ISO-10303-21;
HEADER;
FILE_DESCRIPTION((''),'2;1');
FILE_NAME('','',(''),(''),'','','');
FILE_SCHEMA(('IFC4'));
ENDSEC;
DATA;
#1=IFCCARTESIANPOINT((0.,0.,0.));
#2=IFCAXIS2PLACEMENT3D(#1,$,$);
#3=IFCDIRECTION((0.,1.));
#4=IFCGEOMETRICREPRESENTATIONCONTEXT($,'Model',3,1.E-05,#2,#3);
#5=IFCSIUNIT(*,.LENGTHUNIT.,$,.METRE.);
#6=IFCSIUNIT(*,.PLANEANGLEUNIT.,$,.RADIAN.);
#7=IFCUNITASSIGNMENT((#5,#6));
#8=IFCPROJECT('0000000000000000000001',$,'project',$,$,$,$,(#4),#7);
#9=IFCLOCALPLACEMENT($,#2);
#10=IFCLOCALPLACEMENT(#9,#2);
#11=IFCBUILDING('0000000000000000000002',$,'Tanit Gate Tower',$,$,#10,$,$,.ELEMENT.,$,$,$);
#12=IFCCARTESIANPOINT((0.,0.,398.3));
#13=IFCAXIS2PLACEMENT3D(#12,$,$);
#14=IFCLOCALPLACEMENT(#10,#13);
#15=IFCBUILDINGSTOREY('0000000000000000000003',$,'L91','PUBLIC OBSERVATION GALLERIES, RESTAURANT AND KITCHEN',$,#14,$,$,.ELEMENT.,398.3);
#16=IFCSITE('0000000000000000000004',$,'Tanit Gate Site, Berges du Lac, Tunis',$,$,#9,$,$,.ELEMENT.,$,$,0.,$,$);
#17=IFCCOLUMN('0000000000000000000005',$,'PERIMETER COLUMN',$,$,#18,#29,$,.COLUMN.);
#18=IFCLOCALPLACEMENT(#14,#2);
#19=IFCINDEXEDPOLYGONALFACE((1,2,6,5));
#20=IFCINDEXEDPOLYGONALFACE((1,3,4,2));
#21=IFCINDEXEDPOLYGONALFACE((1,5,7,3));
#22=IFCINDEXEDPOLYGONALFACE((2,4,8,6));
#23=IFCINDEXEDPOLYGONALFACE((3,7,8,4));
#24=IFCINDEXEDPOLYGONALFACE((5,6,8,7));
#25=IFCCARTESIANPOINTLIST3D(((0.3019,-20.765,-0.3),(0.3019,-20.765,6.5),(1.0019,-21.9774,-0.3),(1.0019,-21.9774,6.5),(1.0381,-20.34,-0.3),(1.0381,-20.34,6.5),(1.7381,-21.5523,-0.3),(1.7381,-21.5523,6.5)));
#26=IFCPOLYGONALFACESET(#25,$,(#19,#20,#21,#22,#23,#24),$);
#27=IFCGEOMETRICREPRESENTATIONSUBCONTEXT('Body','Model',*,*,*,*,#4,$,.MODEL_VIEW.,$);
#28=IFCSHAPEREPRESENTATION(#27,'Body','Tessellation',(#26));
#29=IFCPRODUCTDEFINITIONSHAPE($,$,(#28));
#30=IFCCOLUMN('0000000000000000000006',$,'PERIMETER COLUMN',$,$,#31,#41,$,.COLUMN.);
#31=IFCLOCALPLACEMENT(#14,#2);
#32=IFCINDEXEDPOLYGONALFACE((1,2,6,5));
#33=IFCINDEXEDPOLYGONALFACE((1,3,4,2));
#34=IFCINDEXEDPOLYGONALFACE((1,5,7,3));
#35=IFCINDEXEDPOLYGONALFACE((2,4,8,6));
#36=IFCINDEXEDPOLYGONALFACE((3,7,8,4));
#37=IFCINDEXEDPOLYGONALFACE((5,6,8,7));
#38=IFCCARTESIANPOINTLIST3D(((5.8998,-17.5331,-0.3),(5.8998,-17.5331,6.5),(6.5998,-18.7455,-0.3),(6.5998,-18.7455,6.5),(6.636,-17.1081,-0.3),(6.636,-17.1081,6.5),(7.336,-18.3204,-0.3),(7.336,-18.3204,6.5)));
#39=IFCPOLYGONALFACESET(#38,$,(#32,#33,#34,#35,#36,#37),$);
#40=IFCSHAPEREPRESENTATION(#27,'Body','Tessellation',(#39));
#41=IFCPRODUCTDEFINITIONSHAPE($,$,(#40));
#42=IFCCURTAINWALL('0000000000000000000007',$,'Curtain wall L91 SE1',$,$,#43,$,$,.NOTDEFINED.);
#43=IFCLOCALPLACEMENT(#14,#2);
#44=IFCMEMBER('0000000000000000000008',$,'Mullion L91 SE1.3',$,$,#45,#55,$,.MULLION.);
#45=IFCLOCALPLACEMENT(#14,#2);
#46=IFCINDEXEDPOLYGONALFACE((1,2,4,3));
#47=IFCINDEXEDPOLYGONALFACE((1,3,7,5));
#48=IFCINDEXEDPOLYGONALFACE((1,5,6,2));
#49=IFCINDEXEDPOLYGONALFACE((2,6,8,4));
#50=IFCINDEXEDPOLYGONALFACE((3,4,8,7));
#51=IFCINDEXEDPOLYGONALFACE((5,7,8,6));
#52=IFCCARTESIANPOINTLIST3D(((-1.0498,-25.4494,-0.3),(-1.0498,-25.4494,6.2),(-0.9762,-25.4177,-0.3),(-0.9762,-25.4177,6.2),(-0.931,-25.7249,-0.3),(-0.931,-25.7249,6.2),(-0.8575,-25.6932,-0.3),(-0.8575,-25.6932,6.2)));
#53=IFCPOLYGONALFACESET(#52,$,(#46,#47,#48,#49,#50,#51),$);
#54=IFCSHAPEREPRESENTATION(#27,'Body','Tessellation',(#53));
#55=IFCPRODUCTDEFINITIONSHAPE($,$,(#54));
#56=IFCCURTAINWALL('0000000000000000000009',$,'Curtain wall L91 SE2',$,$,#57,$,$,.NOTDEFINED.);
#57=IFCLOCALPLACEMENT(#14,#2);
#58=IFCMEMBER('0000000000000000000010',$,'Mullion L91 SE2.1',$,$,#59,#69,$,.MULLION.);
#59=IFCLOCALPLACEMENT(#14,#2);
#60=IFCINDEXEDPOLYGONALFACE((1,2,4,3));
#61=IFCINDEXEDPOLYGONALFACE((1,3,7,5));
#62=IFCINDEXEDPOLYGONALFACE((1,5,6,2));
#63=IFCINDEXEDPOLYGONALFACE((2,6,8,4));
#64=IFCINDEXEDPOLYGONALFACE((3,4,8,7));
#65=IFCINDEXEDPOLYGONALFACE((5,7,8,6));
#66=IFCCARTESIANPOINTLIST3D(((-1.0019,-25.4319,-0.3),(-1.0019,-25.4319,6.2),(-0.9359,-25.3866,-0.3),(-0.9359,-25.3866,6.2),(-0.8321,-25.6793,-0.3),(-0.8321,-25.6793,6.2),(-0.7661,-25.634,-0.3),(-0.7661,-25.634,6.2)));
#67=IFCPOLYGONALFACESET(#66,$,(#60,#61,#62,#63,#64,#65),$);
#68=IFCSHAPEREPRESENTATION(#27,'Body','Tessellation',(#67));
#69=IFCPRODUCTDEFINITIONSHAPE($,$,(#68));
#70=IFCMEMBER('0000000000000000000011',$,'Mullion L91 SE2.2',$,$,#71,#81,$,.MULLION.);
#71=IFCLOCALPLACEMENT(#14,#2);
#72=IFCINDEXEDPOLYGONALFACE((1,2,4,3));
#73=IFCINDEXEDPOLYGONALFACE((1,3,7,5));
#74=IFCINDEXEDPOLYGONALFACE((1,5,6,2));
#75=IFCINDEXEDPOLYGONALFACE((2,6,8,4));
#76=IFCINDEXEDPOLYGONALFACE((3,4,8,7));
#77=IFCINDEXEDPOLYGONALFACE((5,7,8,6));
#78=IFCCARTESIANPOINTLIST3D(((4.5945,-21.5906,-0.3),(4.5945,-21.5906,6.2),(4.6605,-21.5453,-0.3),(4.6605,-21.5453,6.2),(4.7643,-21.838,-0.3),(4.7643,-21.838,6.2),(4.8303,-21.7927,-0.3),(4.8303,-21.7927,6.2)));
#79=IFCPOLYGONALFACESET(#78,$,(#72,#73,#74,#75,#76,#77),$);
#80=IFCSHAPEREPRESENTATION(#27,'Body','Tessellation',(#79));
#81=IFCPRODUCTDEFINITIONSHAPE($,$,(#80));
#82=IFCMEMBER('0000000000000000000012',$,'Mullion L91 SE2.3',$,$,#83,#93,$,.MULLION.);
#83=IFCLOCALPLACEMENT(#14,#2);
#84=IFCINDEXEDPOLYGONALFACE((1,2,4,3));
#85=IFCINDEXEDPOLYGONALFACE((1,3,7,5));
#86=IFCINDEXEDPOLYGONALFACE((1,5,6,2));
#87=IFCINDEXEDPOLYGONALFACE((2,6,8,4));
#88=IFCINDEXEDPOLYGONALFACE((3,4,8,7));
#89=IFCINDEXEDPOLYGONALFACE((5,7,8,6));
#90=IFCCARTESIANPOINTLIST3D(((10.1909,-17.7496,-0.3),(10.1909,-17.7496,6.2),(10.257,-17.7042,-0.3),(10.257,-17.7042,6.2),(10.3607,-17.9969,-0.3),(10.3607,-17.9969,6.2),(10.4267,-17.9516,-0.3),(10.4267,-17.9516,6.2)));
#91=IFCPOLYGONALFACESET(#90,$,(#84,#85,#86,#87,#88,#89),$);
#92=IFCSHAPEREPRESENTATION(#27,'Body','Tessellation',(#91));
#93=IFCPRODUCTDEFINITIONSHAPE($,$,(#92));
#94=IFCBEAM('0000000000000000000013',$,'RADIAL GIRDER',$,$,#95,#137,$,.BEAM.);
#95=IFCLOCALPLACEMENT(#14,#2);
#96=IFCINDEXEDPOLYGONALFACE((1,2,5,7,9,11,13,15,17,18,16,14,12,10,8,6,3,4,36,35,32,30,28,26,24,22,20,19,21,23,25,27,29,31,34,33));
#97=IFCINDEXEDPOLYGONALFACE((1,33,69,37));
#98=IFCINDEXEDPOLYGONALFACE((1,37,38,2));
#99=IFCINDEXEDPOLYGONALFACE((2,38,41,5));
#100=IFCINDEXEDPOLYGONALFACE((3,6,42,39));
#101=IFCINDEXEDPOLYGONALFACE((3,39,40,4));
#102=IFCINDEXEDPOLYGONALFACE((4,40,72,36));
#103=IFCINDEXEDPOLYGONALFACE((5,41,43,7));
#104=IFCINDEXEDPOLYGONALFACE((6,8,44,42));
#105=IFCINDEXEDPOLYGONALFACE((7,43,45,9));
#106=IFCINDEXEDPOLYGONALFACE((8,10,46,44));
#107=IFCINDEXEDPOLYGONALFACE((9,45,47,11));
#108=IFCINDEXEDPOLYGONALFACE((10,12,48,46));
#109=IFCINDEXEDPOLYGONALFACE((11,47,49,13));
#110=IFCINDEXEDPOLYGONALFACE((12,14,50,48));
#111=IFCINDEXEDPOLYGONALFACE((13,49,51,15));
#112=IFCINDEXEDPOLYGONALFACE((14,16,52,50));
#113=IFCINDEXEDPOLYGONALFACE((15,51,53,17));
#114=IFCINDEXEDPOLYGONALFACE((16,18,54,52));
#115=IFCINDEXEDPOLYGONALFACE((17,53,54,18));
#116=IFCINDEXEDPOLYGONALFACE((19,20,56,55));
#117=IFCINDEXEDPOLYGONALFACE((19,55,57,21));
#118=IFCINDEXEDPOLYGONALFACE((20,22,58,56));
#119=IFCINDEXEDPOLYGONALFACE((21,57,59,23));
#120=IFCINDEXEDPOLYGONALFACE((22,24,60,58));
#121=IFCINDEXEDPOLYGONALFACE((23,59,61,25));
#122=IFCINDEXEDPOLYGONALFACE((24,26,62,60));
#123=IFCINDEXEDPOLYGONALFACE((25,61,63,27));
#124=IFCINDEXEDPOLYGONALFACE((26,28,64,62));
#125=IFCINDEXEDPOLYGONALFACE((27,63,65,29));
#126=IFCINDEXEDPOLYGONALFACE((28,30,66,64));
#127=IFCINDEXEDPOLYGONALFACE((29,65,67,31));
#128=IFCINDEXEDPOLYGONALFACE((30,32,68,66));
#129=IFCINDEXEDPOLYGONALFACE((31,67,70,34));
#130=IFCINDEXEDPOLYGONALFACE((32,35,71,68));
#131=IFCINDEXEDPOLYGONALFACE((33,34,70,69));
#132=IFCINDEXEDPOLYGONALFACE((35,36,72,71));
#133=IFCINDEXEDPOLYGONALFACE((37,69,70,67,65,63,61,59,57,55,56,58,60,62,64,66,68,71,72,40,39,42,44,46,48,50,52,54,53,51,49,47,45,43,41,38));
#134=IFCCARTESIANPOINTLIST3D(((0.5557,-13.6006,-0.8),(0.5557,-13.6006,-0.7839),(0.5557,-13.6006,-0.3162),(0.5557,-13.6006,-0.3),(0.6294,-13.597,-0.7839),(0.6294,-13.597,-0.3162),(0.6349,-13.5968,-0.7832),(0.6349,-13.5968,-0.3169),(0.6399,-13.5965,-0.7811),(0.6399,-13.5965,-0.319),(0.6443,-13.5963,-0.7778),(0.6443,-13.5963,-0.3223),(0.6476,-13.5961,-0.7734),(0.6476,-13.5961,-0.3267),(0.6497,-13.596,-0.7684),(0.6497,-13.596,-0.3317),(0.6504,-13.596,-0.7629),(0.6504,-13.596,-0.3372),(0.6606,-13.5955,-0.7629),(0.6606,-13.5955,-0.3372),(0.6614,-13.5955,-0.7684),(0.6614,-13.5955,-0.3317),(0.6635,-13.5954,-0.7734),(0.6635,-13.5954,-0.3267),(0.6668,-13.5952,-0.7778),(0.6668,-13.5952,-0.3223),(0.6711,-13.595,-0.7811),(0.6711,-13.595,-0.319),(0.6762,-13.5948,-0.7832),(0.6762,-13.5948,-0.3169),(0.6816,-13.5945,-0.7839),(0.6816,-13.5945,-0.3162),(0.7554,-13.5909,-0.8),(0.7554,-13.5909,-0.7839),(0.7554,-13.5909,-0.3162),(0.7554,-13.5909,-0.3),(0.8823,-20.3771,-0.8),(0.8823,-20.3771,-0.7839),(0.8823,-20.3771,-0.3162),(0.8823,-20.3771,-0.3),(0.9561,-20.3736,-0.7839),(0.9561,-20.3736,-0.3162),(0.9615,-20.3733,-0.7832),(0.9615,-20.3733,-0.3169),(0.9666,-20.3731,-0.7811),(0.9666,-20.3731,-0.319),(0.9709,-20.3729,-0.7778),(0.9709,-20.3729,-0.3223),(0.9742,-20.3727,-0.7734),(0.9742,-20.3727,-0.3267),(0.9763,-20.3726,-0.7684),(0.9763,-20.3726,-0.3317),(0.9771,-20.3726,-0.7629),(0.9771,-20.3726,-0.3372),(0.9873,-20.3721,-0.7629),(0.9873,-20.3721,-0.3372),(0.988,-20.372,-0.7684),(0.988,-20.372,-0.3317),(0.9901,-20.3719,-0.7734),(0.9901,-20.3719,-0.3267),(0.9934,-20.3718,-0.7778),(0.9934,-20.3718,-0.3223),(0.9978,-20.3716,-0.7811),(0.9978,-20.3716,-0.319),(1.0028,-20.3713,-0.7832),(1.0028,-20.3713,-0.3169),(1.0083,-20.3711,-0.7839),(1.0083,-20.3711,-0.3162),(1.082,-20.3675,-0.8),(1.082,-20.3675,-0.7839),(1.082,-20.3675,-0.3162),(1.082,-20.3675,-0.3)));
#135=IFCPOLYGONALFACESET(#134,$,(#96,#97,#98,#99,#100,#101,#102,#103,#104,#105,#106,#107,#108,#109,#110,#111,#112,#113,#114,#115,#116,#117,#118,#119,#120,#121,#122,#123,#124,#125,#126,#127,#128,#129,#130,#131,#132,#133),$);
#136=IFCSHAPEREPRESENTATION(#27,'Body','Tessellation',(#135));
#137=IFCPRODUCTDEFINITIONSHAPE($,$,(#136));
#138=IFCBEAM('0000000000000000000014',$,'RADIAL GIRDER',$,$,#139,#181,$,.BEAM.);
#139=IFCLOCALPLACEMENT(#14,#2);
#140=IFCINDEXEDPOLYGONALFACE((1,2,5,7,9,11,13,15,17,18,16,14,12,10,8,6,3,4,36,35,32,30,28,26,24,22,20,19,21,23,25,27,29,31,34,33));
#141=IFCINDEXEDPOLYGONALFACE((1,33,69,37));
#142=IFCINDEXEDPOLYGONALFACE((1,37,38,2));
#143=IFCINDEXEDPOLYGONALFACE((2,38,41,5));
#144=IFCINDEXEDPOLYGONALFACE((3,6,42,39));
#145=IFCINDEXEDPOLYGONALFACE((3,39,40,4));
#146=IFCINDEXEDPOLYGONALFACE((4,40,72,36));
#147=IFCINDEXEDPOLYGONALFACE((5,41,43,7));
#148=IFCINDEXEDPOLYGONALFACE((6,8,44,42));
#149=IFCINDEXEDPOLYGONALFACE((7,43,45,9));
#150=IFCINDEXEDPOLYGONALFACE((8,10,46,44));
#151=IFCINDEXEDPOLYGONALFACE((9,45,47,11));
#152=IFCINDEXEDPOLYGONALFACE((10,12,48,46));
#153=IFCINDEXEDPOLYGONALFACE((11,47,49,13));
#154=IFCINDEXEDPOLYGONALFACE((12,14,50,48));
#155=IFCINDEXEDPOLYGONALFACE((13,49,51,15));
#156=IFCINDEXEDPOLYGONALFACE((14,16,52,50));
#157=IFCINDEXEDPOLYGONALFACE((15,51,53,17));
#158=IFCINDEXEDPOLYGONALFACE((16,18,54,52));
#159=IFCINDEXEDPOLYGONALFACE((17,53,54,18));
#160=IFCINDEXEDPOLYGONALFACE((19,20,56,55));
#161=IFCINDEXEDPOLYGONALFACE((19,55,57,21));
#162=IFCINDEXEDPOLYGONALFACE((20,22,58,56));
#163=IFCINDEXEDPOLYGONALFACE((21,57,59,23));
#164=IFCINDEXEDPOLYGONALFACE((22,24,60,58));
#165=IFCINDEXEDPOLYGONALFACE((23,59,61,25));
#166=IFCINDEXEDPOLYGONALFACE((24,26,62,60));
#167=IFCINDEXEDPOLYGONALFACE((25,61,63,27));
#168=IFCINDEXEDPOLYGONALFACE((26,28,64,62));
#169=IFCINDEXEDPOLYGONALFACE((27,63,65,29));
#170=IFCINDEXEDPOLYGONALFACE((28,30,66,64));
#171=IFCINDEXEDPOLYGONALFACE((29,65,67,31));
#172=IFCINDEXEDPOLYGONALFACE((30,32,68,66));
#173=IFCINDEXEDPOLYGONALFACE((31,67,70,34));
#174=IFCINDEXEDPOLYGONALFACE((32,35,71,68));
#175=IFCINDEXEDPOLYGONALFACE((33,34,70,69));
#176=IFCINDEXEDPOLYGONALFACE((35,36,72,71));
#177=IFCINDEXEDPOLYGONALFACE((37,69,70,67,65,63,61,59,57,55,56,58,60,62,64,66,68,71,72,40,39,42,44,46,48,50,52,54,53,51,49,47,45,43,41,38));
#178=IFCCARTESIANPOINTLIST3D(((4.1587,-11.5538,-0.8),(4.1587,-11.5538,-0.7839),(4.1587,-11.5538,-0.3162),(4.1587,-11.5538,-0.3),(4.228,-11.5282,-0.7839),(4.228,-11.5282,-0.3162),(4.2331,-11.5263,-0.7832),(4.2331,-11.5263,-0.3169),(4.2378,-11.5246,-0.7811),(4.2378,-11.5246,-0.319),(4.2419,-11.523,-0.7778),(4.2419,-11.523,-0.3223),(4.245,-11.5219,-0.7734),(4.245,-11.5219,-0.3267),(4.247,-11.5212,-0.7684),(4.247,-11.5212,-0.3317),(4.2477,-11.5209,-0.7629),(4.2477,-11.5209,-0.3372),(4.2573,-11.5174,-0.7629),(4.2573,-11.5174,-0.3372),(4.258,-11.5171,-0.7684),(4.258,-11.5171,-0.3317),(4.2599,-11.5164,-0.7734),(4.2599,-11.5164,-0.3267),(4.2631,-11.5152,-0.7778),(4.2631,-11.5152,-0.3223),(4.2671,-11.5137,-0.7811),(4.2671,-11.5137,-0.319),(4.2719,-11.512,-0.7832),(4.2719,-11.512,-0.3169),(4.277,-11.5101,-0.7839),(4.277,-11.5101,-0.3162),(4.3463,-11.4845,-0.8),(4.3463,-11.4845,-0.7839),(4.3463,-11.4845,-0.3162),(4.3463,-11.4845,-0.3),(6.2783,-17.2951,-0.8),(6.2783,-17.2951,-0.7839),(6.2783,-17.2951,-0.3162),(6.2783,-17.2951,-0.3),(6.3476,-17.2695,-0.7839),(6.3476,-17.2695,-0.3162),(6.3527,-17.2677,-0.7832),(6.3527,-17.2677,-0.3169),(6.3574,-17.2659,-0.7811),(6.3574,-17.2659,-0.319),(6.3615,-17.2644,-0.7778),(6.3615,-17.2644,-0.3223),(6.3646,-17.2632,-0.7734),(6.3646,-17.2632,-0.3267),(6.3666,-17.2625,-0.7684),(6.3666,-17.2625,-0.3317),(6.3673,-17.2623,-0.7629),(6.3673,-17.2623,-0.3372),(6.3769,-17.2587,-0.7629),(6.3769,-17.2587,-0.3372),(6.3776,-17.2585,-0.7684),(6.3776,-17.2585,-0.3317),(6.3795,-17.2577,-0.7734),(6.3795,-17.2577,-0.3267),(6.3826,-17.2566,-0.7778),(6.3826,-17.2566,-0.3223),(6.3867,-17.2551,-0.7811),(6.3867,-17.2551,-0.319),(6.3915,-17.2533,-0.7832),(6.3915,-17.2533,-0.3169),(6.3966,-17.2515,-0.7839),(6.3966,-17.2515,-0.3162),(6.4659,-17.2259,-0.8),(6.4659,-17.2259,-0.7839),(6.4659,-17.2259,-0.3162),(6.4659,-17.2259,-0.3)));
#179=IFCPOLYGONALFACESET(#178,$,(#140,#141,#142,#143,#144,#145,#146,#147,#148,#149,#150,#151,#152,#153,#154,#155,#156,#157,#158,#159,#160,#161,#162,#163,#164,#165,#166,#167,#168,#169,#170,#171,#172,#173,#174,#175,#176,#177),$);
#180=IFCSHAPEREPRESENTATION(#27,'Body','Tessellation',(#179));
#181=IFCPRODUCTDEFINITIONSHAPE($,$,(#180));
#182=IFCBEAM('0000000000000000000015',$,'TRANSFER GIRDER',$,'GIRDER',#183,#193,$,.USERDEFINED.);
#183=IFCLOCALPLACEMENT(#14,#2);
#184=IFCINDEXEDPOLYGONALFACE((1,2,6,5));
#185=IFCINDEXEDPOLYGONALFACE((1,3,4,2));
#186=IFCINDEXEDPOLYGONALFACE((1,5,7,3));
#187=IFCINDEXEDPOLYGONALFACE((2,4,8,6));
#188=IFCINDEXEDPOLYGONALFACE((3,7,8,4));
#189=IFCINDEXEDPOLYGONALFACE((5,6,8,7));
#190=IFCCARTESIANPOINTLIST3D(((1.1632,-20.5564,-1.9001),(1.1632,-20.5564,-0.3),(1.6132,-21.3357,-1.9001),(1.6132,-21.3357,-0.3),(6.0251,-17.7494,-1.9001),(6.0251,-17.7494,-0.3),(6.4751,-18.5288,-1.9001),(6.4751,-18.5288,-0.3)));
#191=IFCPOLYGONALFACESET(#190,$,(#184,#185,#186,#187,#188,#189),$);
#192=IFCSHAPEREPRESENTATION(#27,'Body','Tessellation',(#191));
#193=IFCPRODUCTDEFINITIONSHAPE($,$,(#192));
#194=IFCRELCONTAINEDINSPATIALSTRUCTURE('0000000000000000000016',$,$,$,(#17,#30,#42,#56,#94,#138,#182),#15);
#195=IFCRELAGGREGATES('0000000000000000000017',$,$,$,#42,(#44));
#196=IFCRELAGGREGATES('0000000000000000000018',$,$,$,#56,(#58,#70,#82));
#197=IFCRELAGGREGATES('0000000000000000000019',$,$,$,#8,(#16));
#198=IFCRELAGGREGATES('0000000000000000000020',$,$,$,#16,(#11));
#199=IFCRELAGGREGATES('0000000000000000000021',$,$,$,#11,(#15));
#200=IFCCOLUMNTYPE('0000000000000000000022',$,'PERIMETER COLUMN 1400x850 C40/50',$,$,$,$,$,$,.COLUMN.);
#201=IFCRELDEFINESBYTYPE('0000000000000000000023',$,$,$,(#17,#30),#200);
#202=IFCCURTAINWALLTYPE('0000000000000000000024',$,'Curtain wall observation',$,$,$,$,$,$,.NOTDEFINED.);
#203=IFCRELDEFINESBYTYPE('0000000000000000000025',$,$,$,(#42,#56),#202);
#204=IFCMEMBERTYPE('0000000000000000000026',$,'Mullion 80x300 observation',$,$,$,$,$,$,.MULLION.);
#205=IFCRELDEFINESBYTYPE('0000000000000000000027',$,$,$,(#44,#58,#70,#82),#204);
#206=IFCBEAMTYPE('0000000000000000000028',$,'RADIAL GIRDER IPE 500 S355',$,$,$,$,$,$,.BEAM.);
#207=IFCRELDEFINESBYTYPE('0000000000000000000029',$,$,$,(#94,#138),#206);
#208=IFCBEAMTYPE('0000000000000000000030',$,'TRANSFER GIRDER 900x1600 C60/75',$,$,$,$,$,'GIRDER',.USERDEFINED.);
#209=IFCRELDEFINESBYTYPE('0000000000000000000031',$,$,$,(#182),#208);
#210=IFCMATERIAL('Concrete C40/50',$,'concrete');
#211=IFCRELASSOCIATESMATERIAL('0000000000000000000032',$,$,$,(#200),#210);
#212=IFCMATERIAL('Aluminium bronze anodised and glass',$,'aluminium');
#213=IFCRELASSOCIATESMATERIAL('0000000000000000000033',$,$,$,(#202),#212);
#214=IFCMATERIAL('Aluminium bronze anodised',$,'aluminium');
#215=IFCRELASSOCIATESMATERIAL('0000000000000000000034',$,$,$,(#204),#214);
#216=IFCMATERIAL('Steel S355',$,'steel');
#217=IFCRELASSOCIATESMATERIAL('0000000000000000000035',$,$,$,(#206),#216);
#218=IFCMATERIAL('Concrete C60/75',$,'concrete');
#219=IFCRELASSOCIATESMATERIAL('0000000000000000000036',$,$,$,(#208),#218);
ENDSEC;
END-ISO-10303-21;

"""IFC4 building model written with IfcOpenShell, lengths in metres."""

from ifc_helpers import new_model, si_unit, direction, frame, origin, origin_2d, place, context, subcontext, project, spatial, rectangle, i_section, extrude, material, material_profile, profile_set, type_object, element, aggregate, save


model = new_model("IFC4")

# Units and contexts
model_context = context("Model", 3, precision=1e-05, world=origin(), true_north=direction((0.0, 1.0)))
body_context = subcontext(model_context, "Body", "Model", "MODEL_VIEW")
ifc_project = project(units=[si_unit("LENGTHUNIT", "METRE"), si_unit("PLANEANGLEUNIT", "RADIAN")], contexts=[model_context])

# Site, building, storey
site_placement = place(None, origin())
site = spatial("IfcSite", under=ifc_project, at=site_placement, Name="Tanit Gate Site, Berges du Lac, Tunis", CompositionType="ELEMENT", RefElevation=0.0)
building_placement = place(site_placement, origin())
building = spatial("IfcBuilding", under=site, at=building_placement, Name="Tanit Gate Tower", CompositionType="ELEMENT")
storey_placement = place(building_placement, frame((0.0, 0.0, 398.3)))
storey = spatial("IfcBuildingStorey", under=building, at=storey_placement, Name="L91", Description="PUBLIC OBSERVATION GALLERIES, RESTAURANT AND KITCHEN", CompositionType="ELEMENT", Elevation=398.3)

# Columns
ifc_material_1 = material(Name="Concrete C40/50", Category="concrete")
ifc_material_profile_1 = material_profile(ifc_material_1, rectangle(XDim=1.3999, YDim=0.8501, at=origin_2d()), Name="RC 1400x850")
ifc_profile_set_1 = profile_set([ifc_material_profile_1], Name="Concrete C40/50")
column_type = type_object("IfcColumnType", Name="PERIMETER COLUMN 1400x850 C40/50", PredefinedType="COLUMN", material=ifc_profile_set_1)
for number, where, z_axis, x_axis, name in (
    (1, (1.02, -21.1587, -0.3), (0.0, 0.0, 1.0), (0.5, -0.866025, 0.0), "PERIMETER COLUMN"),
    (2, (6.6179, -17.9268, -0.3), (0.0, 0.0, 1.0), (0.5, -0.866025, 0.0), "PERIMETER COLUMN"),
):
    element("IfcColumn", number, at=place(storey_placement, frame(where, z_axis=z_axis, x_axis=x_axis)), inside=storey, type_object=column_type, Name=name, PredefinedType="COLUMN", context=body_context, shape_type="SweptSolid", body=[
        extrude(rectangle(XDim=1.3999, YDim=0.8501, at=origin_2d()), origin(), (0.0, 0.0, 1.0), 6.8),
    ])

# Curtain wall, member
ifc_material_2 = material(Name="Aluminium bronze anodised and glass", Category="aluminium")
curtain_wall_type = type_object("IfcCurtainWallType", Name="Curtain wall observation", PredefinedType="NOTDEFINED", material=ifc_material_2)
curtain_wall_1_placement = place(storey_placement, origin())
curtain_wall_1 = element("IfcCurtainWall", 3, at=curtain_wall_1_placement, inside=storey, type_object=curtain_wall_type, Name="Curtain wall L91 SE1", PredefinedType="NOTDEFINED")
ifc_material_3 = material(Name="Aluminium bronze anodised", Category="aluminium")
ifc_material_profile_2 = material_profile(ifc_material_3, rectangle(XDim=0.3, YDim=0.0801, at=origin_2d()), Name="80x300 bronze mullion")
ifc_profile_set_2 = profile_set([ifc_material_profile_2], Name="Aluminium bronze anodised")
member_type_1 = type_object("IfcMemberType", Name="Mullion 80x300 observation", PredefinedType="MULLION", material=ifc_profile_set_2)
member_1_placement = place(storey_placement, frame((-0.9536, -25.5713, -0.3), z_axis=(0.0, 0.0, 1.0), x_axis=(-0.395871, 0.918306, 0.0)))
member_1 = element("IfcMember", 4, at=member_1_placement, type_object=member_type_1, Name="Mullion L91 SE1.3", PredefinedType="MULLION", context=body_context, shape_type="SweptSolid", body=[
    extrude(rectangle(XDim=0.3, YDim=0.0801, at=origin_2d()), origin(), (0.0, 0.0, 1.0), 6.5),
])
aggregate(curtain_wall_1, [member_1])

# Curtain wall, members
curtain_wall_2_placement = place(storey_placement, origin())
curtain_wall_2 = element("IfcCurtainWall", 5, at=curtain_wall_2_placement, inside=storey, type_object=curtain_wall_type, Name="Curtain wall L91 SE2", PredefinedType="NOTDEFINED")
member_2_placement = place(storey_placement, frame((-0.884, -25.533, -0.3), z_axis=(0.0, 0.0, 1.0), x_axis=(-0.565893, 0.824479, 0.0)))
member_2 = element("IfcMember", 6, at=member_2_placement, type_object=member_type_1, Name="Mullion L91 SE2.1", PredefinedType="MULLION", context=body_context, shape_type="SweptSolid", body=[
    extrude(rectangle(XDim=0.3, YDim=0.0801, at=origin_2d()), origin(), (0.0, 0.0, 1.0), 6.5),
])
member_3_placement = place(storey_placement, frame((4.7124, -21.6917, -0.3), z_axis=(0.0, 0.0, 1.0), x_axis=(-0.565893, 0.824479, 0.0)))
member_3 = element("IfcMember", 7, at=member_3_placement, type_object=member_type_1, Name="Mullion L91 SE2.2", PredefinedType="MULLION", context=body_context, shape_type="SweptSolid", body=[
    extrude(rectangle(XDim=0.3, YDim=0.0801, at=origin_2d()), origin(), (0.0, 0.0, 1.0), 6.5),
])
member_4_placement = place(storey_placement, frame((10.3088, -17.8506, -0.3), z_axis=(0.0, 0.0, 1.0), x_axis=(-0.565893, 0.824479, 0.0)))
member_4 = element("IfcMember", 8, at=member_4_placement, type_object=member_type_1, Name="Mullion L91 SE2.3", PredefinedType="MULLION", context=body_context, shape_type="SweptSolid", body=[
    extrude(rectangle(XDim=0.3, YDim=0.0801, at=origin_2d()), origin(), (0.0, 0.0, 1.0), 6.5),
])

# Beams
ifc_material_4 = material(Name="Steel S355", Category="steel")
ifc_material_profile_3 = material_profile(ifc_material_4, i_section(OverallWidth=0.2, OverallDepth=0.5, WebThickness=0.0103, FlangeThickness=0.0161, FilletRadius=0.021, at=origin_2d()), Name="IPE 500")
ifc_profile_set_3 = profile_set([ifc_material_profile_3], Name="Steel S355")
beam_type_1 = type_object("IfcBeamType", Name="RADIAL GIRDER IPE 500 S355", PredefinedType="BEAM", material=ifc_profile_set_3)
beam_1_placement = place(storey_placement, frame((0.9822, -20.3723, -0.55), z_axis=(-0.048148, 0.99884, 0.0), x_axis=(-0.99884, -0.048148, 0.0)))
element("IfcBeam", 9, at=beam_1_placement, inside=storey, type_object=beam_type_1, Name="RADIAL GIRDER", PredefinedType="BEAM", context=body_context, shape_type="SweptSolid", body=[
    extrude(i_section(OverallWidth=0.2, OverallDepth=0.5, WebThickness=0.0103, FlangeThickness=0.0161, FilletRadius=0.021, at=origin_2d()), origin(), (0.0, 0.0, 1.0), 6.7844),
])
beam_2_placement = place(storey_placement, frame((6.3721, -17.2605, -0.55), z_axis=(-0.346332, 0.938112, 0.0), x_axis=(-0.938112, -0.346332, 0.0)))
element("IfcBeam", 10, at=beam_2_placement, inside=storey, type_object=beam_type_1, Name="RADIAL GIRDER", PredefinedType="BEAM", context=body_context, shape_type="SweptSolid", body=[
    extrude(i_section(OverallWidth=0.2, OverallDepth=0.5, WebThickness=0.0103, FlangeThickness=0.0161, FilletRadius=0.021, at=origin_2d()), origin(), (0.0, 0.0, 1.0), 6.1201),
])
ifc_material_5 = material(Name="Concrete C60/75", Category="concrete")
ifc_material_profile_4 = material_profile(ifc_material_5, rectangle(XDim=0.8999, YDim=1.6001, at=origin_2d()), Name="RC 900x1600")
ifc_profile_set_4 = profile_set([ifc_material_profile_4], Name="Concrete C60/75")
beam_type_2 = type_object("IfcBeamType", Name="TRANSFER GIRDER 900x1600 C60/75", ElementType="GIRDER", PredefinedType="USERDEFINED", material=ifc_profile_set_4)
for number, where, z_axis, x_axis, name in (
    (11, (1.3882, -20.946, -1.1001), (0.866032, 0.499988, 0.0), (-0.499988, 0.866032, 0.0), "TRANSFER GIRDER"),
):
    element("IfcBeam", number, at=place(storey_placement, frame(where, z_axis=z_axis, x_axis=x_axis)), inside=storey, type_object=beam_type_2, Name=name, ObjectType="GIRDER", PredefinedType="USERDEFINED", context=body_context, shape_type="SweptSolid", body=[
        extrude(rectangle(XDim=0.8999, YDim=1.6001, at=origin_2d()), origin(), (0.0, 0.0, 1.0), 5.614),
    ])

aggregate(curtain_wall_2, [member_2, member_3, member_4])

save(model, "model.ifc")
